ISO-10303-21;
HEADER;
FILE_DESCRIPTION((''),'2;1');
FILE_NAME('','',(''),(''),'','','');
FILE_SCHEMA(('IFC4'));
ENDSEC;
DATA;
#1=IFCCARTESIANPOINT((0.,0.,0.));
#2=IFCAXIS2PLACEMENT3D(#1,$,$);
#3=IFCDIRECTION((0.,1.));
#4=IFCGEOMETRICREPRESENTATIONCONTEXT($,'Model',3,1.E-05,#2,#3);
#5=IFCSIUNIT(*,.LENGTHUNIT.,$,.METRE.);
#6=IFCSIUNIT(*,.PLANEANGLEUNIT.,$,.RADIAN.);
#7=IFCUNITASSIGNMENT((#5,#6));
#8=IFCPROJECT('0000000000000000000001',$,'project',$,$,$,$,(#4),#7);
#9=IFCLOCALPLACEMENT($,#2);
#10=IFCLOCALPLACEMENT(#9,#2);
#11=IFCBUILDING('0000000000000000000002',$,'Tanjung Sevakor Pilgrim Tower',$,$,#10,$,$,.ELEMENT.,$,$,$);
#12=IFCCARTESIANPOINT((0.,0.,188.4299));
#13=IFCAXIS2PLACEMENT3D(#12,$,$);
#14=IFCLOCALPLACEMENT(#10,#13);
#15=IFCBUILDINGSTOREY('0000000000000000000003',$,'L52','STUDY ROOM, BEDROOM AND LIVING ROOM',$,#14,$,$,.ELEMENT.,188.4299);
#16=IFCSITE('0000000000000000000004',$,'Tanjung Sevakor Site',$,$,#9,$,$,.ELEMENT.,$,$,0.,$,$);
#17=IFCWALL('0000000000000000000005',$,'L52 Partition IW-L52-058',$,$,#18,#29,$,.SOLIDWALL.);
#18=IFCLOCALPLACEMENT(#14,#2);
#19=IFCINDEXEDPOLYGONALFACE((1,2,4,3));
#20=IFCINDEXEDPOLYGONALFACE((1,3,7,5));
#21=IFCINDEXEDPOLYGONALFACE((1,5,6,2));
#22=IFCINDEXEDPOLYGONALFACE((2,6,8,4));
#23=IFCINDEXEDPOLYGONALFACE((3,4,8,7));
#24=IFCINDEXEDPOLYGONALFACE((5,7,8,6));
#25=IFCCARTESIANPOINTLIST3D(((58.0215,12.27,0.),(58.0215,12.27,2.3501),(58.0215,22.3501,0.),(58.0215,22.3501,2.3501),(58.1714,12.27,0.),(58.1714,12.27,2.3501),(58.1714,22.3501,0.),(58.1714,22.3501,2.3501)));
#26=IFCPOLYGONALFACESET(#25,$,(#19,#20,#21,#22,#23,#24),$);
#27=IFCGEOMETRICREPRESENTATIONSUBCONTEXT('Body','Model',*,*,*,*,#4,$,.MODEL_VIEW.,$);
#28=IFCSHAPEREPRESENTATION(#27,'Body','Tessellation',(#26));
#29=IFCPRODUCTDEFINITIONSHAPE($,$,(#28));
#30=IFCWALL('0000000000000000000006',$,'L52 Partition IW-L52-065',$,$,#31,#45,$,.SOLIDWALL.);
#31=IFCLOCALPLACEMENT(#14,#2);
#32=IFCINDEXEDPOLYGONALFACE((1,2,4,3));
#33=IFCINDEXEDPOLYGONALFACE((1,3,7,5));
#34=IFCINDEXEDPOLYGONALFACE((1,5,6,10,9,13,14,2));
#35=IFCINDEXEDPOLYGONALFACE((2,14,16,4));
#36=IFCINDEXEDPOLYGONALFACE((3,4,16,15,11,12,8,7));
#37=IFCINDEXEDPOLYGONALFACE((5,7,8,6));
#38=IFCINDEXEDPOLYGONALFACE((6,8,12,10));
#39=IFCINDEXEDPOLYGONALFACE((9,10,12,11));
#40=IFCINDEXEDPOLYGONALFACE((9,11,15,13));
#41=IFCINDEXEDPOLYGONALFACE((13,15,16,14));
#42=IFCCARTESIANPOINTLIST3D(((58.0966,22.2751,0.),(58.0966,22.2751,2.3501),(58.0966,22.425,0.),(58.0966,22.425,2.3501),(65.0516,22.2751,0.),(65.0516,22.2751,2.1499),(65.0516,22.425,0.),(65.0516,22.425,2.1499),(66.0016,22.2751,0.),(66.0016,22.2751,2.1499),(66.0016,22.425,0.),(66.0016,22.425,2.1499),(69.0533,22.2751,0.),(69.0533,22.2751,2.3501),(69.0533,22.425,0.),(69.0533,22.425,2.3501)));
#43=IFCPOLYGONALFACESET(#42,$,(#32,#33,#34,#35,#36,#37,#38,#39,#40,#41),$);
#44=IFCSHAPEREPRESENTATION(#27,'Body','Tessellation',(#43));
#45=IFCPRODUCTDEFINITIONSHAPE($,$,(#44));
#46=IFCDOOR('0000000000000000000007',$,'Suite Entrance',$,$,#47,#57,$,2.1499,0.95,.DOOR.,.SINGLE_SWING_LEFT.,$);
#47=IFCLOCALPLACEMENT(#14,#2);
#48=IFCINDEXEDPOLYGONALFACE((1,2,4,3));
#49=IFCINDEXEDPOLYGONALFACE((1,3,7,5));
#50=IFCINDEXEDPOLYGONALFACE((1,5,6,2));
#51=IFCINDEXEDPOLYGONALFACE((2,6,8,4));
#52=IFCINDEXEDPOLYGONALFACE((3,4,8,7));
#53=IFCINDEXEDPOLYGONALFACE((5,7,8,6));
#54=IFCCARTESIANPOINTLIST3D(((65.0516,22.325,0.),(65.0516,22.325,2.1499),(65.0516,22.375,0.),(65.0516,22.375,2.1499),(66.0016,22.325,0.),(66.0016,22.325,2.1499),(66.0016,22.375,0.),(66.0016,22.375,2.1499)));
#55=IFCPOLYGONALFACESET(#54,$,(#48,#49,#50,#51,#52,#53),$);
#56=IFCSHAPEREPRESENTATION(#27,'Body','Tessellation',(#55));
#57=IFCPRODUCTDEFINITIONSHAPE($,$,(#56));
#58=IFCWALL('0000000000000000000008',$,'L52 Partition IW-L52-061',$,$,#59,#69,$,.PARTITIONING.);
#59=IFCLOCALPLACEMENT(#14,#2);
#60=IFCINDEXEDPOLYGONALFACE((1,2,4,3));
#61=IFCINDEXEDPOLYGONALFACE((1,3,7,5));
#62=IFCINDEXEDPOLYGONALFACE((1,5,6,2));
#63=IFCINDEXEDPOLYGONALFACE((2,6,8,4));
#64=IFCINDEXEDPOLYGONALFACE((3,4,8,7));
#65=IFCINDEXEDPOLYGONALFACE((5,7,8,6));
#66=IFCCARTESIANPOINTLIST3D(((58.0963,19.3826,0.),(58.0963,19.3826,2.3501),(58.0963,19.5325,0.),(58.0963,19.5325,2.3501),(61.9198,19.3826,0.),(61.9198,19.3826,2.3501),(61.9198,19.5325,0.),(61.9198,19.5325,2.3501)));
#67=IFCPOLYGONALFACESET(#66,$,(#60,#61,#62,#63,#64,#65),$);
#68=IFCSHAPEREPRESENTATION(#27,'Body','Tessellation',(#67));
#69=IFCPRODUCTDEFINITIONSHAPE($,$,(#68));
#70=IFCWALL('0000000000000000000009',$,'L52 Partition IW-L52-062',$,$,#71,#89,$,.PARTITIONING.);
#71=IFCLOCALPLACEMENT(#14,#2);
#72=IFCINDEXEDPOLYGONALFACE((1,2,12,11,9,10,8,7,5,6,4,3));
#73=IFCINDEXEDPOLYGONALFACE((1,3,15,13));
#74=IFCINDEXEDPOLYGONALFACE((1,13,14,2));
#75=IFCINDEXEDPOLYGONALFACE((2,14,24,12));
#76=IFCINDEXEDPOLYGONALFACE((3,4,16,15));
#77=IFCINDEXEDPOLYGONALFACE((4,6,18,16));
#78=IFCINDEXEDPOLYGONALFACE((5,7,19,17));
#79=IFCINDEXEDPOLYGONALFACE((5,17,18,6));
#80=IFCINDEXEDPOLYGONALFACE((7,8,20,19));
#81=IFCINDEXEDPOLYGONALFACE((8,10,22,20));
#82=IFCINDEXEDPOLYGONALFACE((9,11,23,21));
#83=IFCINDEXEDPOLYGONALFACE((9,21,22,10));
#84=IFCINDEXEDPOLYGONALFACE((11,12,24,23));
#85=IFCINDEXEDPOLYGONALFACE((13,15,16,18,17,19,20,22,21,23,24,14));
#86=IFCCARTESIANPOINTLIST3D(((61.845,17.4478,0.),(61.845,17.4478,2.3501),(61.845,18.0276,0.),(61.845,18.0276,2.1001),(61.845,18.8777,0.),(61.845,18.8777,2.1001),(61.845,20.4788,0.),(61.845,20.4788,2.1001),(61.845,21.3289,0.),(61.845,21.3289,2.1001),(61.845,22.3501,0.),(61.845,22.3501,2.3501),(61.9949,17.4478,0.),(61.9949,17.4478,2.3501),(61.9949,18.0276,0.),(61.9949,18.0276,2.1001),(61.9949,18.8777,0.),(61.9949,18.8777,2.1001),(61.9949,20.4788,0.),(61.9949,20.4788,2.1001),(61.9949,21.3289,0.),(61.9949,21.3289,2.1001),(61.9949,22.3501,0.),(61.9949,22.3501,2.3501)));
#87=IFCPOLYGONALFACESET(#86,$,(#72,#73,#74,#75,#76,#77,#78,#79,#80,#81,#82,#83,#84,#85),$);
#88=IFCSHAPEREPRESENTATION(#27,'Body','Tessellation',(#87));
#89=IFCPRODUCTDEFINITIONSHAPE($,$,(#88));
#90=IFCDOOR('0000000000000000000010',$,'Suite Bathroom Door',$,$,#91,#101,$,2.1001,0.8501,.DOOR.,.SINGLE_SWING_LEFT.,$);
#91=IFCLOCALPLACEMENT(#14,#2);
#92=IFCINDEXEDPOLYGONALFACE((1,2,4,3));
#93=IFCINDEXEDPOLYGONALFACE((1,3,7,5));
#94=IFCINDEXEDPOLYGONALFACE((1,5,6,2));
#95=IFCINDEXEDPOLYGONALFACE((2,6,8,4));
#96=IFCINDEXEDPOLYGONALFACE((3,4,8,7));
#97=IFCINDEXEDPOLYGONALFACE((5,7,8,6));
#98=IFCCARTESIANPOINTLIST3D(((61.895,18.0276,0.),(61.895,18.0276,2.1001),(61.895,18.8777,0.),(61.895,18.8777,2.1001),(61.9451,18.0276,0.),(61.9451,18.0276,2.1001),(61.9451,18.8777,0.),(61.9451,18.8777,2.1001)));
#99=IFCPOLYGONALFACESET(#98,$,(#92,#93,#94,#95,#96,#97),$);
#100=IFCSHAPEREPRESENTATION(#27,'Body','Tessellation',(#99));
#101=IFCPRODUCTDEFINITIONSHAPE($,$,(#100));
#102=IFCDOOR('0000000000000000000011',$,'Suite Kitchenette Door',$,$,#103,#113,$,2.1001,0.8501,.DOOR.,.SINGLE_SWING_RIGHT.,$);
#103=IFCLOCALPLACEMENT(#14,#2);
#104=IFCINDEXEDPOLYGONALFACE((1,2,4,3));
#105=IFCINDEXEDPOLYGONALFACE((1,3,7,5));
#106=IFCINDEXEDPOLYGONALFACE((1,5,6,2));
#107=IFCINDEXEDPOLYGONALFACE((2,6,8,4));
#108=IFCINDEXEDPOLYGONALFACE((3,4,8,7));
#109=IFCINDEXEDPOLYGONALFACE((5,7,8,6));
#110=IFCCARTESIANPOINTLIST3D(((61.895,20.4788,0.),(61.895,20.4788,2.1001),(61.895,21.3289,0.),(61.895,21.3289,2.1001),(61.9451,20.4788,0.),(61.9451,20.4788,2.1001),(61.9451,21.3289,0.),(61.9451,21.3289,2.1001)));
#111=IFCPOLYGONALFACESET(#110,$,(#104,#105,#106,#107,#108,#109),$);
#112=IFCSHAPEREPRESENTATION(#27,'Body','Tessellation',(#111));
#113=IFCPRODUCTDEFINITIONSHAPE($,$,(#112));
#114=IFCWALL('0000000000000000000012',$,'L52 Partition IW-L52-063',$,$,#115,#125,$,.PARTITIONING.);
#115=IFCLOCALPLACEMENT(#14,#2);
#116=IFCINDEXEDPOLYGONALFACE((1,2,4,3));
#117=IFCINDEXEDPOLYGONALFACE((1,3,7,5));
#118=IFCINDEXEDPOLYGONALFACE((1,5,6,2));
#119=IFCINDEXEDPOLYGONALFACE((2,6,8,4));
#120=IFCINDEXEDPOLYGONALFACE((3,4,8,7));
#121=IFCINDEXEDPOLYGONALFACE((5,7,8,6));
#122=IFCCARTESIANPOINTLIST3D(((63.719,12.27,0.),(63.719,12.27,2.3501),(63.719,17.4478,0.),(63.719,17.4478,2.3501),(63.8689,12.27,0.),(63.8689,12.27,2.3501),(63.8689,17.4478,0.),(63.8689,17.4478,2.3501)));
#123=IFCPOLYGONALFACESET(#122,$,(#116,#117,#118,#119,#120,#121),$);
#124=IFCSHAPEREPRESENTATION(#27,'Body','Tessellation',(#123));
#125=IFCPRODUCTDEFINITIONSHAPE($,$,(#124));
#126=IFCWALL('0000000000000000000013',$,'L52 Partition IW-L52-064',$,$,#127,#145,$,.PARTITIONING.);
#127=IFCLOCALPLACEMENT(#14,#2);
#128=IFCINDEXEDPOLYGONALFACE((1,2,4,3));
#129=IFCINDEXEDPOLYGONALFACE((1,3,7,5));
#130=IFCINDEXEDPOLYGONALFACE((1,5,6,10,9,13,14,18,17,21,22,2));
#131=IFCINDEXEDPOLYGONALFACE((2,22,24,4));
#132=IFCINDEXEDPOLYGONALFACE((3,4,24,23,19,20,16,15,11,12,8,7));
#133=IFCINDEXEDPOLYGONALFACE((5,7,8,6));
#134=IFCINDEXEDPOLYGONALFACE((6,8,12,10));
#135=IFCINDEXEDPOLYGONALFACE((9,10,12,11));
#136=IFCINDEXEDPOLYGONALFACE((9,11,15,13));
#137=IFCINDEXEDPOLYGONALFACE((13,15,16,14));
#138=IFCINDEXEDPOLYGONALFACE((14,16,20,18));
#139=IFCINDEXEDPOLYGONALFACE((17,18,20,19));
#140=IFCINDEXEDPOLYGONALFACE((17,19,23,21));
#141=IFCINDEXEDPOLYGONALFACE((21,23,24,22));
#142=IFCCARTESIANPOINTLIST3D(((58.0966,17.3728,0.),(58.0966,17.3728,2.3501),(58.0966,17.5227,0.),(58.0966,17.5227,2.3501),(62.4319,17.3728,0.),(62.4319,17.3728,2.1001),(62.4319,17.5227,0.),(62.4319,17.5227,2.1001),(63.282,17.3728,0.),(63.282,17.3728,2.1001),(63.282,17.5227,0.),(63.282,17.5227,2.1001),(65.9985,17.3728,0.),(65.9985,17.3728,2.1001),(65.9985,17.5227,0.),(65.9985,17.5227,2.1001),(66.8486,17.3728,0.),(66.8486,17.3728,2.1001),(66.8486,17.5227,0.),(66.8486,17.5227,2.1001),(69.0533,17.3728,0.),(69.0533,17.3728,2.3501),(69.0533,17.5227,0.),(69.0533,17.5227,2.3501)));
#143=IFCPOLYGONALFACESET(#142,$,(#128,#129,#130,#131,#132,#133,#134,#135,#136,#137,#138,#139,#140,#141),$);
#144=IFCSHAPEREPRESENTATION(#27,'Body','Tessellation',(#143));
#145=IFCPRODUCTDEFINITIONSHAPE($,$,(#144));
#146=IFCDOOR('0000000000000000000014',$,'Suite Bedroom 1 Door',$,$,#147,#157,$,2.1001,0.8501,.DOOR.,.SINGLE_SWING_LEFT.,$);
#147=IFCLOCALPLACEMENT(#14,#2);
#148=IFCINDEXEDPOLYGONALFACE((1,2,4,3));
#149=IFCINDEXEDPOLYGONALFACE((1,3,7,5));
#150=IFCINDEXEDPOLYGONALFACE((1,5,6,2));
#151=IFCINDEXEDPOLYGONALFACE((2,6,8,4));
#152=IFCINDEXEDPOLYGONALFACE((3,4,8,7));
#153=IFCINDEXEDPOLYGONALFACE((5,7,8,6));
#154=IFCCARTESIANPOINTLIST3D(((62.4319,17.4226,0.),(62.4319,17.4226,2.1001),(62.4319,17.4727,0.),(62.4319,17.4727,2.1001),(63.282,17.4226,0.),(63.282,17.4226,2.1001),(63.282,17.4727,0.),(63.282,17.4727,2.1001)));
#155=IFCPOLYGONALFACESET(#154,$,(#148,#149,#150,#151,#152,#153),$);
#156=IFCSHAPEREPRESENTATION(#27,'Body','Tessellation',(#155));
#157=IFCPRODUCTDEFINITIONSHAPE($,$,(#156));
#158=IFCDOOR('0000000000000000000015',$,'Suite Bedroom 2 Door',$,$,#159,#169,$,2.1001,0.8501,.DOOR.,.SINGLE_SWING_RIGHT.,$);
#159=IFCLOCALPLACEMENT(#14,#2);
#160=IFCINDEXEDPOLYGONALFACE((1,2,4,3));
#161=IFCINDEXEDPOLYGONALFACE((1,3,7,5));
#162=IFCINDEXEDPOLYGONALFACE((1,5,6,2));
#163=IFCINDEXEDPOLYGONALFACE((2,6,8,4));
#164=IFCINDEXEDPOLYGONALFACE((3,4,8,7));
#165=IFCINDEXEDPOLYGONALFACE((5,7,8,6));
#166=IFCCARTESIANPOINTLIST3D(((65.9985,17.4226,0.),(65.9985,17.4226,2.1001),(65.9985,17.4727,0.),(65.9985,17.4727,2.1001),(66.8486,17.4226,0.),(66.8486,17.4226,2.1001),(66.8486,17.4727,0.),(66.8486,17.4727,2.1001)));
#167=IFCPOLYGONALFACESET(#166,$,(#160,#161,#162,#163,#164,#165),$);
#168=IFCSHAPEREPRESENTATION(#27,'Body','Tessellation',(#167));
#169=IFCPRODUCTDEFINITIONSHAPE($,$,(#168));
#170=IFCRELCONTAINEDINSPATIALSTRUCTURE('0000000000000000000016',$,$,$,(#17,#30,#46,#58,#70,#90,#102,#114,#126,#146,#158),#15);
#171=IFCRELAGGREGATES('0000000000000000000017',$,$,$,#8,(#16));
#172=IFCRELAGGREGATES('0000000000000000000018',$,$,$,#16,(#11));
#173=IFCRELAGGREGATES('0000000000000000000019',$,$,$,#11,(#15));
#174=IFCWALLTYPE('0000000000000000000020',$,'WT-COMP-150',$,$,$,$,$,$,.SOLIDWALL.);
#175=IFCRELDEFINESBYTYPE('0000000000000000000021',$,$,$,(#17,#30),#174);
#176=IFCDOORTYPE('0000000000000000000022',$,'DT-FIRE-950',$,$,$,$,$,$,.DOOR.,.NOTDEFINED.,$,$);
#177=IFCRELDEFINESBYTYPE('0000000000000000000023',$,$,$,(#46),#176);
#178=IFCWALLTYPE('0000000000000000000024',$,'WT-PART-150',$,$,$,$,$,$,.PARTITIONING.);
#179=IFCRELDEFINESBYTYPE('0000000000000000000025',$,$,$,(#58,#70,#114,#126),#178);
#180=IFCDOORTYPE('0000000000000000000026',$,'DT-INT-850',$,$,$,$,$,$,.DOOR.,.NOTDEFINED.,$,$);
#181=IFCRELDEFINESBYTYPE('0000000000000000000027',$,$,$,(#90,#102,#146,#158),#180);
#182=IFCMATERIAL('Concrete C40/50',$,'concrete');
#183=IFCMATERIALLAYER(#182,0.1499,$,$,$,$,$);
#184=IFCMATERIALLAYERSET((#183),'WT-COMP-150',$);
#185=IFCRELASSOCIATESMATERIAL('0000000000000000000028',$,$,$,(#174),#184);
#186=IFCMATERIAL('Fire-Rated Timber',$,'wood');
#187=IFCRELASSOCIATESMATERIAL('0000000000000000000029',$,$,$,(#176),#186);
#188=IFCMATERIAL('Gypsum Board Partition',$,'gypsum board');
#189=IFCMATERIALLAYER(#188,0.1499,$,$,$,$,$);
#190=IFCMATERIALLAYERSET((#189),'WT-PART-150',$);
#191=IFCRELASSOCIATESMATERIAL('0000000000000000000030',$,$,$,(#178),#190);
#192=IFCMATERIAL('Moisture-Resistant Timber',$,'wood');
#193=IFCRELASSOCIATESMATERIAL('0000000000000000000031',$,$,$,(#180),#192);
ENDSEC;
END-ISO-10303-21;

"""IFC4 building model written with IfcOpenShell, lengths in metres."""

from ifc_helpers import new_model, si_unit, direction, frame, frame_2d, origin, place, context, subcontext, project, spatial, rectangle, extrude, material, layer, layer_set, type_object, element, fill, save


model = new_model("IFC4")

# Units and contexts
model_context = context("Model", 3, precision=1e-05, world=origin(), true_north=direction((0.0, 1.0)))
body_context = subcontext(model_context, "Body", "Model", "MODEL_VIEW")
ifc_project = project(units=[si_unit("LENGTHUNIT", "METRE"), si_unit("PLANEANGLEUNIT", "RADIAN")], contexts=[model_context])

# Site, building, storey
site_placement = place(None, origin())
site = spatial("IfcSite", under=ifc_project, at=site_placement, Name="Tanjung Sevakor Site", CompositionType="ELEMENT", RefElevation=0.0)
building_placement = place(site_placement, origin())
building = spatial("IfcBuilding", under=site, at=building_placement, Name="Tanjung Sevakor Pilgrim Tower", CompositionType="ELEMENT")
storey_placement = place(building_placement, frame((0.0, 0.0, 188.4299)))
storey = spatial("IfcBuildingStorey", under=building, at=storey_placement, Name="L52", Description="STUDY ROOM, BEDROOM AND LIVING ROOM", CompositionType="ELEMENT", Elevation=188.4299)

# Wall
ifc_material_1 = material(Name="Concrete C40/50", Category="concrete")
ifc_layer_1 = layer(ifc_material_1, 0.1499)
ifc_layer_set_1 = layer_set([ifc_layer_1], Name="WT-COMP-150")
wall_type_1 = type_object("IfcWallType", Name="WT-COMP-150", PredefinedType="SOLIDWALL", material=ifc_layer_set_1)
wall_1_placement = place(storey_placement, frame((58.0964, 12.27, 0.0), z_axis=(0.0, 0.0, 1.0), x_axis=(0.0, 1.0, 0.0)))
element("IfcWall", 1, at=wall_1_placement, inside=storey, type_object=wall_type_1, Name="L52 Partition IW-L52-058", PredefinedType="SOLIDWALL", context=body_context, shape_type="SweptSolid", body=[
    extrude(rectangle(XDim=10.0801, YDim=0.1499, at=frame_2d((5.04, 0.0))), origin(), (0.0, 0.0, 1.0), 2.3501),
])

# Wall, opening, door
wall_2_placement = place(storey_placement, frame((58.0964, 22.3501, 0.0), z_axis=(0.0, 0.0, 1.0), x_axis=(1.0, 0.0, 0.0)))
wall_2 = element("IfcWall", 2, at=wall_2_placement, inside=storey, type_object=wall_type_1, Name="L52 Partition IW-L52-065", PredefinedType="SOLIDWALL", context=body_context, shape_type="SweptSolid", body=[
    extrude(rectangle(XDim=10.9568, YDim=0.1499, at=frame_2d((5.4785, 0.0))), origin(), (0.0, 0.0, 1.0), 2.3501),
])
opening_1_placement = place(wall_2_placement, frame((6.9551, 0.0, 0.0)))
opening_1 = element("IfcOpeningElement", 3, at=opening_1_placement, cuts=wall_2, PredefinedType="OPENING", context=body_context, shape_type="SweptSolid", body=[
    extrude(rectangle(XDim=0.95, YDim=2.1499, at=frame_2d((0.4751, 1.075))), frame((0.0, 0.085, 0.0), z_axis=(0.0, -1.0, 0.0), x_axis=(1.0, 0.0, 0.0)), (0.0, 0.0, 1.0), 0.1699),
])
ifc_material_2 = material(Name="Fire-Rated Timber", Category="wood")
door_type_1 = type_object("IfcDoorType", Name="DT-FIRE-950", OperationType="NOTDEFINED", PredefinedType="DOOR", material=ifc_material_2)
door_1_placement = place(opening_1_placement, origin())
door_1 = element("IfcDoor", 4, at=door_1_placement, inside=storey, type_object=door_type_1, Name="Suite Entrance", OperationType="SINGLE_SWING_LEFT", OverallHeight=2.1499, OverallWidth=0.95, PredefinedType="DOOR", context=body_context, shape_type="SweptSolid", body=[
    extrude(rectangle(XDim=0.95, YDim=2.1499, at=frame_2d((0.4751, 1.075))), frame((0.0, 0.0249, 0.0), z_axis=(0.0, -1.0, 0.0), x_axis=(1.0, 0.0, 0.0)), (0.0, 0.0, 1.0), 0.05),
])
fill(opening_1, door_1)

# Wall
ifc_material_3 = material(Name="Gypsum Board Partition", Category="gypsum board")
ifc_layer_2 = layer(ifc_material_3, 0.1499)
ifc_layer_set_2 = layer_set([ifc_layer_2], Name="WT-PART-150")
wall_type_2 = type_object("IfcWallType", Name="WT-PART-150", PredefinedType="PARTITIONING", material=ifc_layer_set_2)
wall_3_placement = place(storey_placement, frame((58.0964, 19.4575, 0.0), z_axis=(0.0, 0.0, 1.0), x_axis=(1.0, 0.0, 0.0)))
element("IfcWall", 5, at=wall_3_placement, inside=storey, type_object=wall_type_2, Name="L52 Partition IW-L52-061", PredefinedType="PARTITIONING", context=body_context, shape_type="SweptSolid", body=[
    extrude(rectangle(XDim=3.8235, YDim=0.1499, at=frame_2d((1.9116, 0.0))), origin(), (0.0, 0.0, 1.0), 2.3501),
])

# Wall, openings, doors
wall_4_placement = place(storey_placement, frame((61.9199, 17.4478, 0.0), z_axis=(0.0, 0.0, 1.0), x_axis=(0.0, 1.0, 0.0)))
wall_4 = element("IfcWall", 6, at=wall_4_placement, inside=storey, type_object=wall_type_2, Name="L52 Partition IW-L52-062", PredefinedType="PARTITIONING", context=body_context, shape_type="SweptSolid", body=[
    extrude(rectangle(XDim=4.9023, YDim=0.1499, at=frame_2d((2.4512, 0.0))), origin(), (0.0, 0.0, 1.0), 2.3501),
])
opening_2_placement = place(wall_4_placement, frame((0.5798, 0.0, 0.0)))
opening_2 = element("IfcOpeningElement", 7, at=opening_2_placement, cuts=wall_4, PredefinedType="OPENING", context=body_context, shape_type="SweptSolid", body=[
    extrude(rectangle(XDim=0.8501, YDim=2.1001, at=frame_2d((0.425, 1.05))), frame((0.0, 0.085, 0.0), z_axis=(0.0, -1.0, 0.0), x_axis=(1.0, 0.0, 0.0)), (0.0, 0.0, 1.0), 0.1699),
])
opening_3_placement = place(wall_4_placement, frame((3.031, 0.0, 0.0)))
opening_3 = element("IfcOpeningElement", 8, at=opening_3_placement, cuts=wall_4, PredefinedType="OPENING", context=body_context, shape_type="SweptSolid", body=[
    extrude(rectangle(XDim=0.8501, YDim=2.1001, at=frame_2d((0.425, 1.05))), frame((0.0, 0.085, 0.0), z_axis=(0.0, -1.0, 0.0), x_axis=(1.0, 0.0, 0.0)), (0.0, 0.0, 1.0), 0.1699),
])
ifc_material_4 = material(Name="Moisture-Resistant Timber", Category="wood")
door_type_2 = type_object("IfcDoorType", Name="DT-INT-850", OperationType="NOTDEFINED", PredefinedType="DOOR", material=ifc_material_4)
door_2_placement = place(opening_2_placement, origin())
door_2 = element("IfcDoor", 9, at=door_2_placement, inside=storey, type_object=door_type_2, Name="Suite Bathroom Door", OperationType="SINGLE_SWING_LEFT", OverallHeight=2.1001, OverallWidth=0.8501, PredefinedType="DOOR", context=body_context, shape_type="SweptSolid", body=[
    extrude(rectangle(XDim=0.8501, YDim=2.1001, at=frame_2d((0.425, 1.05))), frame((0.0, 0.0249, 0.0), z_axis=(0.0, -1.0, 0.0), x_axis=(1.0, 0.0, 0.0)), (0.0, 0.0, 1.0), 0.05),
])
fill(opening_2, door_2)
door_3_placement = place(opening_3_placement, origin())
door_3 = element("IfcDoor", 10, at=door_3_placement, inside=storey, type_object=door_type_2, Name="Suite Kitchenette Door", OperationType="SINGLE_SWING_RIGHT", OverallHeight=2.1001, OverallWidth=0.8501, PredefinedType="DOOR", context=body_context, shape_type="SweptSolid", body=[
    extrude(rectangle(XDim=0.8501, YDim=2.1001, at=frame_2d((0.425, 1.05))), frame((0.0, 0.0249, 0.0), z_axis=(0.0, -1.0, 0.0), x_axis=(1.0, 0.0, 0.0)), (0.0, 0.0, 1.0), 0.05),
])
fill(opening_3, door_3)

# Wall
wall_5_placement = place(storey_placement, frame((63.7939, 12.27, 0.0), z_axis=(0.0, 0.0, 1.0), x_axis=(0.0, 1.0, 0.0)))
element("IfcWall", 11, at=wall_5_placement, inside=storey, type_object=wall_type_2, Name="L52 Partition IW-L52-063", PredefinedType="PARTITIONING", context=body_context, shape_type="SweptSolid", body=[
    extrude(rectangle(XDim=5.1777, YDim=0.1499, at=frame_2d((2.5889, 0.0))), origin(), (0.0, 0.0, 1.0), 2.3501),
])

# Wall, openings, doors
wall_6_placement = place(storey_placement, frame((58.0964, 17.4478, 0.0), z_axis=(0.0, 0.0, 1.0), x_axis=(1.0, 0.0, 0.0)))
wall_6 = element("IfcWall", 12, at=wall_6_placement, inside=storey, type_object=wall_type_2, Name="L52 Partition IW-L52-064", PredefinedType="PARTITIONING", context=body_context, shape_type="SweptSolid", body=[
    extrude(rectangle(XDim=10.9568, YDim=0.1499, at=frame_2d((5.4785, 0.0))), origin(), (0.0, 0.0, 1.0), 2.3501),
])
opening_4_placement = place(wall_6_placement, frame((4.3354, 0.0, 0.0)))
opening_4 = element("IfcOpeningElement", 13, at=opening_4_placement, cuts=wall_6, PredefinedType="OPENING", context=body_context, shape_type="SweptSolid", body=[
    extrude(rectangle(XDim=0.8501, YDim=2.1001, at=frame_2d((0.425, 1.05))), frame((0.0, 0.085, 0.0), z_axis=(0.0, -1.0, 0.0), x_axis=(1.0, 0.0, 0.0)), (0.0, 0.0, 1.0), 0.1699),
])
opening_5_placement = place(wall_6_placement, frame((7.9021, 0.0, 0.0)))
opening_5 = element("IfcOpeningElement", 14, at=opening_5_placement, cuts=wall_6, PredefinedType="OPENING", context=body_context, shape_type="SweptSolid", body=[
    extrude(rectangle(XDim=0.8501, YDim=2.1001, at=frame_2d((0.425, 1.05))), frame((0.0, 0.085, 0.0), z_axis=(0.0, -1.0, 0.0), x_axis=(1.0, 0.0, 0.0)), (0.0, 0.0, 1.0), 0.1699),
])
door_4_placement = place(opening_4_placement, origin())
door_4 = element("IfcDoor", 15, at=door_4_placement, inside=storey, type_object=door_type_2, Name="Suite Bedroom 1 Door", OperationType="SINGLE_SWING_LEFT", OverallHeight=2.1001, OverallWidth=0.8501, PredefinedType="DOOR", context=body_context, shape_type="SweptSolid", body=[
    extrude(rectangle(XDim=0.8501, YDim=2.1001, at=frame_2d((0.425, 1.05))), frame((0.0, 0.0249, 0.0), z_axis=(0.0, -1.0, 0.0), x_axis=(1.0, 0.0, 0.0)), (0.0, 0.0, 1.0), 0.05),
])
fill(opening_4, door_4)
door_5_placement = place(opening_5_placement, origin())
door_5 = element("IfcDoor", 16, at=door_5_placement, inside=storey, type_object=door_type_2, Name="Suite Bedroom 2 Door", OperationType="SINGLE_SWING_RIGHT", OverallHeight=2.1001, OverallWidth=0.8501, PredefinedType="DOOR", context=body_context, shape_type="SweptSolid", body=[
    extrude(rectangle(XDim=0.8501, YDim=2.1001, at=frame_2d((0.425, 1.05))), frame((0.0, 0.0249, 0.0), z_axis=(0.0, -1.0, 0.0), x_axis=(1.0, 0.0, 0.0)), (0.0, 0.0, 1.0), 0.05),
])
fill(opening_5, door_5)

save(model, "model.ifc")
